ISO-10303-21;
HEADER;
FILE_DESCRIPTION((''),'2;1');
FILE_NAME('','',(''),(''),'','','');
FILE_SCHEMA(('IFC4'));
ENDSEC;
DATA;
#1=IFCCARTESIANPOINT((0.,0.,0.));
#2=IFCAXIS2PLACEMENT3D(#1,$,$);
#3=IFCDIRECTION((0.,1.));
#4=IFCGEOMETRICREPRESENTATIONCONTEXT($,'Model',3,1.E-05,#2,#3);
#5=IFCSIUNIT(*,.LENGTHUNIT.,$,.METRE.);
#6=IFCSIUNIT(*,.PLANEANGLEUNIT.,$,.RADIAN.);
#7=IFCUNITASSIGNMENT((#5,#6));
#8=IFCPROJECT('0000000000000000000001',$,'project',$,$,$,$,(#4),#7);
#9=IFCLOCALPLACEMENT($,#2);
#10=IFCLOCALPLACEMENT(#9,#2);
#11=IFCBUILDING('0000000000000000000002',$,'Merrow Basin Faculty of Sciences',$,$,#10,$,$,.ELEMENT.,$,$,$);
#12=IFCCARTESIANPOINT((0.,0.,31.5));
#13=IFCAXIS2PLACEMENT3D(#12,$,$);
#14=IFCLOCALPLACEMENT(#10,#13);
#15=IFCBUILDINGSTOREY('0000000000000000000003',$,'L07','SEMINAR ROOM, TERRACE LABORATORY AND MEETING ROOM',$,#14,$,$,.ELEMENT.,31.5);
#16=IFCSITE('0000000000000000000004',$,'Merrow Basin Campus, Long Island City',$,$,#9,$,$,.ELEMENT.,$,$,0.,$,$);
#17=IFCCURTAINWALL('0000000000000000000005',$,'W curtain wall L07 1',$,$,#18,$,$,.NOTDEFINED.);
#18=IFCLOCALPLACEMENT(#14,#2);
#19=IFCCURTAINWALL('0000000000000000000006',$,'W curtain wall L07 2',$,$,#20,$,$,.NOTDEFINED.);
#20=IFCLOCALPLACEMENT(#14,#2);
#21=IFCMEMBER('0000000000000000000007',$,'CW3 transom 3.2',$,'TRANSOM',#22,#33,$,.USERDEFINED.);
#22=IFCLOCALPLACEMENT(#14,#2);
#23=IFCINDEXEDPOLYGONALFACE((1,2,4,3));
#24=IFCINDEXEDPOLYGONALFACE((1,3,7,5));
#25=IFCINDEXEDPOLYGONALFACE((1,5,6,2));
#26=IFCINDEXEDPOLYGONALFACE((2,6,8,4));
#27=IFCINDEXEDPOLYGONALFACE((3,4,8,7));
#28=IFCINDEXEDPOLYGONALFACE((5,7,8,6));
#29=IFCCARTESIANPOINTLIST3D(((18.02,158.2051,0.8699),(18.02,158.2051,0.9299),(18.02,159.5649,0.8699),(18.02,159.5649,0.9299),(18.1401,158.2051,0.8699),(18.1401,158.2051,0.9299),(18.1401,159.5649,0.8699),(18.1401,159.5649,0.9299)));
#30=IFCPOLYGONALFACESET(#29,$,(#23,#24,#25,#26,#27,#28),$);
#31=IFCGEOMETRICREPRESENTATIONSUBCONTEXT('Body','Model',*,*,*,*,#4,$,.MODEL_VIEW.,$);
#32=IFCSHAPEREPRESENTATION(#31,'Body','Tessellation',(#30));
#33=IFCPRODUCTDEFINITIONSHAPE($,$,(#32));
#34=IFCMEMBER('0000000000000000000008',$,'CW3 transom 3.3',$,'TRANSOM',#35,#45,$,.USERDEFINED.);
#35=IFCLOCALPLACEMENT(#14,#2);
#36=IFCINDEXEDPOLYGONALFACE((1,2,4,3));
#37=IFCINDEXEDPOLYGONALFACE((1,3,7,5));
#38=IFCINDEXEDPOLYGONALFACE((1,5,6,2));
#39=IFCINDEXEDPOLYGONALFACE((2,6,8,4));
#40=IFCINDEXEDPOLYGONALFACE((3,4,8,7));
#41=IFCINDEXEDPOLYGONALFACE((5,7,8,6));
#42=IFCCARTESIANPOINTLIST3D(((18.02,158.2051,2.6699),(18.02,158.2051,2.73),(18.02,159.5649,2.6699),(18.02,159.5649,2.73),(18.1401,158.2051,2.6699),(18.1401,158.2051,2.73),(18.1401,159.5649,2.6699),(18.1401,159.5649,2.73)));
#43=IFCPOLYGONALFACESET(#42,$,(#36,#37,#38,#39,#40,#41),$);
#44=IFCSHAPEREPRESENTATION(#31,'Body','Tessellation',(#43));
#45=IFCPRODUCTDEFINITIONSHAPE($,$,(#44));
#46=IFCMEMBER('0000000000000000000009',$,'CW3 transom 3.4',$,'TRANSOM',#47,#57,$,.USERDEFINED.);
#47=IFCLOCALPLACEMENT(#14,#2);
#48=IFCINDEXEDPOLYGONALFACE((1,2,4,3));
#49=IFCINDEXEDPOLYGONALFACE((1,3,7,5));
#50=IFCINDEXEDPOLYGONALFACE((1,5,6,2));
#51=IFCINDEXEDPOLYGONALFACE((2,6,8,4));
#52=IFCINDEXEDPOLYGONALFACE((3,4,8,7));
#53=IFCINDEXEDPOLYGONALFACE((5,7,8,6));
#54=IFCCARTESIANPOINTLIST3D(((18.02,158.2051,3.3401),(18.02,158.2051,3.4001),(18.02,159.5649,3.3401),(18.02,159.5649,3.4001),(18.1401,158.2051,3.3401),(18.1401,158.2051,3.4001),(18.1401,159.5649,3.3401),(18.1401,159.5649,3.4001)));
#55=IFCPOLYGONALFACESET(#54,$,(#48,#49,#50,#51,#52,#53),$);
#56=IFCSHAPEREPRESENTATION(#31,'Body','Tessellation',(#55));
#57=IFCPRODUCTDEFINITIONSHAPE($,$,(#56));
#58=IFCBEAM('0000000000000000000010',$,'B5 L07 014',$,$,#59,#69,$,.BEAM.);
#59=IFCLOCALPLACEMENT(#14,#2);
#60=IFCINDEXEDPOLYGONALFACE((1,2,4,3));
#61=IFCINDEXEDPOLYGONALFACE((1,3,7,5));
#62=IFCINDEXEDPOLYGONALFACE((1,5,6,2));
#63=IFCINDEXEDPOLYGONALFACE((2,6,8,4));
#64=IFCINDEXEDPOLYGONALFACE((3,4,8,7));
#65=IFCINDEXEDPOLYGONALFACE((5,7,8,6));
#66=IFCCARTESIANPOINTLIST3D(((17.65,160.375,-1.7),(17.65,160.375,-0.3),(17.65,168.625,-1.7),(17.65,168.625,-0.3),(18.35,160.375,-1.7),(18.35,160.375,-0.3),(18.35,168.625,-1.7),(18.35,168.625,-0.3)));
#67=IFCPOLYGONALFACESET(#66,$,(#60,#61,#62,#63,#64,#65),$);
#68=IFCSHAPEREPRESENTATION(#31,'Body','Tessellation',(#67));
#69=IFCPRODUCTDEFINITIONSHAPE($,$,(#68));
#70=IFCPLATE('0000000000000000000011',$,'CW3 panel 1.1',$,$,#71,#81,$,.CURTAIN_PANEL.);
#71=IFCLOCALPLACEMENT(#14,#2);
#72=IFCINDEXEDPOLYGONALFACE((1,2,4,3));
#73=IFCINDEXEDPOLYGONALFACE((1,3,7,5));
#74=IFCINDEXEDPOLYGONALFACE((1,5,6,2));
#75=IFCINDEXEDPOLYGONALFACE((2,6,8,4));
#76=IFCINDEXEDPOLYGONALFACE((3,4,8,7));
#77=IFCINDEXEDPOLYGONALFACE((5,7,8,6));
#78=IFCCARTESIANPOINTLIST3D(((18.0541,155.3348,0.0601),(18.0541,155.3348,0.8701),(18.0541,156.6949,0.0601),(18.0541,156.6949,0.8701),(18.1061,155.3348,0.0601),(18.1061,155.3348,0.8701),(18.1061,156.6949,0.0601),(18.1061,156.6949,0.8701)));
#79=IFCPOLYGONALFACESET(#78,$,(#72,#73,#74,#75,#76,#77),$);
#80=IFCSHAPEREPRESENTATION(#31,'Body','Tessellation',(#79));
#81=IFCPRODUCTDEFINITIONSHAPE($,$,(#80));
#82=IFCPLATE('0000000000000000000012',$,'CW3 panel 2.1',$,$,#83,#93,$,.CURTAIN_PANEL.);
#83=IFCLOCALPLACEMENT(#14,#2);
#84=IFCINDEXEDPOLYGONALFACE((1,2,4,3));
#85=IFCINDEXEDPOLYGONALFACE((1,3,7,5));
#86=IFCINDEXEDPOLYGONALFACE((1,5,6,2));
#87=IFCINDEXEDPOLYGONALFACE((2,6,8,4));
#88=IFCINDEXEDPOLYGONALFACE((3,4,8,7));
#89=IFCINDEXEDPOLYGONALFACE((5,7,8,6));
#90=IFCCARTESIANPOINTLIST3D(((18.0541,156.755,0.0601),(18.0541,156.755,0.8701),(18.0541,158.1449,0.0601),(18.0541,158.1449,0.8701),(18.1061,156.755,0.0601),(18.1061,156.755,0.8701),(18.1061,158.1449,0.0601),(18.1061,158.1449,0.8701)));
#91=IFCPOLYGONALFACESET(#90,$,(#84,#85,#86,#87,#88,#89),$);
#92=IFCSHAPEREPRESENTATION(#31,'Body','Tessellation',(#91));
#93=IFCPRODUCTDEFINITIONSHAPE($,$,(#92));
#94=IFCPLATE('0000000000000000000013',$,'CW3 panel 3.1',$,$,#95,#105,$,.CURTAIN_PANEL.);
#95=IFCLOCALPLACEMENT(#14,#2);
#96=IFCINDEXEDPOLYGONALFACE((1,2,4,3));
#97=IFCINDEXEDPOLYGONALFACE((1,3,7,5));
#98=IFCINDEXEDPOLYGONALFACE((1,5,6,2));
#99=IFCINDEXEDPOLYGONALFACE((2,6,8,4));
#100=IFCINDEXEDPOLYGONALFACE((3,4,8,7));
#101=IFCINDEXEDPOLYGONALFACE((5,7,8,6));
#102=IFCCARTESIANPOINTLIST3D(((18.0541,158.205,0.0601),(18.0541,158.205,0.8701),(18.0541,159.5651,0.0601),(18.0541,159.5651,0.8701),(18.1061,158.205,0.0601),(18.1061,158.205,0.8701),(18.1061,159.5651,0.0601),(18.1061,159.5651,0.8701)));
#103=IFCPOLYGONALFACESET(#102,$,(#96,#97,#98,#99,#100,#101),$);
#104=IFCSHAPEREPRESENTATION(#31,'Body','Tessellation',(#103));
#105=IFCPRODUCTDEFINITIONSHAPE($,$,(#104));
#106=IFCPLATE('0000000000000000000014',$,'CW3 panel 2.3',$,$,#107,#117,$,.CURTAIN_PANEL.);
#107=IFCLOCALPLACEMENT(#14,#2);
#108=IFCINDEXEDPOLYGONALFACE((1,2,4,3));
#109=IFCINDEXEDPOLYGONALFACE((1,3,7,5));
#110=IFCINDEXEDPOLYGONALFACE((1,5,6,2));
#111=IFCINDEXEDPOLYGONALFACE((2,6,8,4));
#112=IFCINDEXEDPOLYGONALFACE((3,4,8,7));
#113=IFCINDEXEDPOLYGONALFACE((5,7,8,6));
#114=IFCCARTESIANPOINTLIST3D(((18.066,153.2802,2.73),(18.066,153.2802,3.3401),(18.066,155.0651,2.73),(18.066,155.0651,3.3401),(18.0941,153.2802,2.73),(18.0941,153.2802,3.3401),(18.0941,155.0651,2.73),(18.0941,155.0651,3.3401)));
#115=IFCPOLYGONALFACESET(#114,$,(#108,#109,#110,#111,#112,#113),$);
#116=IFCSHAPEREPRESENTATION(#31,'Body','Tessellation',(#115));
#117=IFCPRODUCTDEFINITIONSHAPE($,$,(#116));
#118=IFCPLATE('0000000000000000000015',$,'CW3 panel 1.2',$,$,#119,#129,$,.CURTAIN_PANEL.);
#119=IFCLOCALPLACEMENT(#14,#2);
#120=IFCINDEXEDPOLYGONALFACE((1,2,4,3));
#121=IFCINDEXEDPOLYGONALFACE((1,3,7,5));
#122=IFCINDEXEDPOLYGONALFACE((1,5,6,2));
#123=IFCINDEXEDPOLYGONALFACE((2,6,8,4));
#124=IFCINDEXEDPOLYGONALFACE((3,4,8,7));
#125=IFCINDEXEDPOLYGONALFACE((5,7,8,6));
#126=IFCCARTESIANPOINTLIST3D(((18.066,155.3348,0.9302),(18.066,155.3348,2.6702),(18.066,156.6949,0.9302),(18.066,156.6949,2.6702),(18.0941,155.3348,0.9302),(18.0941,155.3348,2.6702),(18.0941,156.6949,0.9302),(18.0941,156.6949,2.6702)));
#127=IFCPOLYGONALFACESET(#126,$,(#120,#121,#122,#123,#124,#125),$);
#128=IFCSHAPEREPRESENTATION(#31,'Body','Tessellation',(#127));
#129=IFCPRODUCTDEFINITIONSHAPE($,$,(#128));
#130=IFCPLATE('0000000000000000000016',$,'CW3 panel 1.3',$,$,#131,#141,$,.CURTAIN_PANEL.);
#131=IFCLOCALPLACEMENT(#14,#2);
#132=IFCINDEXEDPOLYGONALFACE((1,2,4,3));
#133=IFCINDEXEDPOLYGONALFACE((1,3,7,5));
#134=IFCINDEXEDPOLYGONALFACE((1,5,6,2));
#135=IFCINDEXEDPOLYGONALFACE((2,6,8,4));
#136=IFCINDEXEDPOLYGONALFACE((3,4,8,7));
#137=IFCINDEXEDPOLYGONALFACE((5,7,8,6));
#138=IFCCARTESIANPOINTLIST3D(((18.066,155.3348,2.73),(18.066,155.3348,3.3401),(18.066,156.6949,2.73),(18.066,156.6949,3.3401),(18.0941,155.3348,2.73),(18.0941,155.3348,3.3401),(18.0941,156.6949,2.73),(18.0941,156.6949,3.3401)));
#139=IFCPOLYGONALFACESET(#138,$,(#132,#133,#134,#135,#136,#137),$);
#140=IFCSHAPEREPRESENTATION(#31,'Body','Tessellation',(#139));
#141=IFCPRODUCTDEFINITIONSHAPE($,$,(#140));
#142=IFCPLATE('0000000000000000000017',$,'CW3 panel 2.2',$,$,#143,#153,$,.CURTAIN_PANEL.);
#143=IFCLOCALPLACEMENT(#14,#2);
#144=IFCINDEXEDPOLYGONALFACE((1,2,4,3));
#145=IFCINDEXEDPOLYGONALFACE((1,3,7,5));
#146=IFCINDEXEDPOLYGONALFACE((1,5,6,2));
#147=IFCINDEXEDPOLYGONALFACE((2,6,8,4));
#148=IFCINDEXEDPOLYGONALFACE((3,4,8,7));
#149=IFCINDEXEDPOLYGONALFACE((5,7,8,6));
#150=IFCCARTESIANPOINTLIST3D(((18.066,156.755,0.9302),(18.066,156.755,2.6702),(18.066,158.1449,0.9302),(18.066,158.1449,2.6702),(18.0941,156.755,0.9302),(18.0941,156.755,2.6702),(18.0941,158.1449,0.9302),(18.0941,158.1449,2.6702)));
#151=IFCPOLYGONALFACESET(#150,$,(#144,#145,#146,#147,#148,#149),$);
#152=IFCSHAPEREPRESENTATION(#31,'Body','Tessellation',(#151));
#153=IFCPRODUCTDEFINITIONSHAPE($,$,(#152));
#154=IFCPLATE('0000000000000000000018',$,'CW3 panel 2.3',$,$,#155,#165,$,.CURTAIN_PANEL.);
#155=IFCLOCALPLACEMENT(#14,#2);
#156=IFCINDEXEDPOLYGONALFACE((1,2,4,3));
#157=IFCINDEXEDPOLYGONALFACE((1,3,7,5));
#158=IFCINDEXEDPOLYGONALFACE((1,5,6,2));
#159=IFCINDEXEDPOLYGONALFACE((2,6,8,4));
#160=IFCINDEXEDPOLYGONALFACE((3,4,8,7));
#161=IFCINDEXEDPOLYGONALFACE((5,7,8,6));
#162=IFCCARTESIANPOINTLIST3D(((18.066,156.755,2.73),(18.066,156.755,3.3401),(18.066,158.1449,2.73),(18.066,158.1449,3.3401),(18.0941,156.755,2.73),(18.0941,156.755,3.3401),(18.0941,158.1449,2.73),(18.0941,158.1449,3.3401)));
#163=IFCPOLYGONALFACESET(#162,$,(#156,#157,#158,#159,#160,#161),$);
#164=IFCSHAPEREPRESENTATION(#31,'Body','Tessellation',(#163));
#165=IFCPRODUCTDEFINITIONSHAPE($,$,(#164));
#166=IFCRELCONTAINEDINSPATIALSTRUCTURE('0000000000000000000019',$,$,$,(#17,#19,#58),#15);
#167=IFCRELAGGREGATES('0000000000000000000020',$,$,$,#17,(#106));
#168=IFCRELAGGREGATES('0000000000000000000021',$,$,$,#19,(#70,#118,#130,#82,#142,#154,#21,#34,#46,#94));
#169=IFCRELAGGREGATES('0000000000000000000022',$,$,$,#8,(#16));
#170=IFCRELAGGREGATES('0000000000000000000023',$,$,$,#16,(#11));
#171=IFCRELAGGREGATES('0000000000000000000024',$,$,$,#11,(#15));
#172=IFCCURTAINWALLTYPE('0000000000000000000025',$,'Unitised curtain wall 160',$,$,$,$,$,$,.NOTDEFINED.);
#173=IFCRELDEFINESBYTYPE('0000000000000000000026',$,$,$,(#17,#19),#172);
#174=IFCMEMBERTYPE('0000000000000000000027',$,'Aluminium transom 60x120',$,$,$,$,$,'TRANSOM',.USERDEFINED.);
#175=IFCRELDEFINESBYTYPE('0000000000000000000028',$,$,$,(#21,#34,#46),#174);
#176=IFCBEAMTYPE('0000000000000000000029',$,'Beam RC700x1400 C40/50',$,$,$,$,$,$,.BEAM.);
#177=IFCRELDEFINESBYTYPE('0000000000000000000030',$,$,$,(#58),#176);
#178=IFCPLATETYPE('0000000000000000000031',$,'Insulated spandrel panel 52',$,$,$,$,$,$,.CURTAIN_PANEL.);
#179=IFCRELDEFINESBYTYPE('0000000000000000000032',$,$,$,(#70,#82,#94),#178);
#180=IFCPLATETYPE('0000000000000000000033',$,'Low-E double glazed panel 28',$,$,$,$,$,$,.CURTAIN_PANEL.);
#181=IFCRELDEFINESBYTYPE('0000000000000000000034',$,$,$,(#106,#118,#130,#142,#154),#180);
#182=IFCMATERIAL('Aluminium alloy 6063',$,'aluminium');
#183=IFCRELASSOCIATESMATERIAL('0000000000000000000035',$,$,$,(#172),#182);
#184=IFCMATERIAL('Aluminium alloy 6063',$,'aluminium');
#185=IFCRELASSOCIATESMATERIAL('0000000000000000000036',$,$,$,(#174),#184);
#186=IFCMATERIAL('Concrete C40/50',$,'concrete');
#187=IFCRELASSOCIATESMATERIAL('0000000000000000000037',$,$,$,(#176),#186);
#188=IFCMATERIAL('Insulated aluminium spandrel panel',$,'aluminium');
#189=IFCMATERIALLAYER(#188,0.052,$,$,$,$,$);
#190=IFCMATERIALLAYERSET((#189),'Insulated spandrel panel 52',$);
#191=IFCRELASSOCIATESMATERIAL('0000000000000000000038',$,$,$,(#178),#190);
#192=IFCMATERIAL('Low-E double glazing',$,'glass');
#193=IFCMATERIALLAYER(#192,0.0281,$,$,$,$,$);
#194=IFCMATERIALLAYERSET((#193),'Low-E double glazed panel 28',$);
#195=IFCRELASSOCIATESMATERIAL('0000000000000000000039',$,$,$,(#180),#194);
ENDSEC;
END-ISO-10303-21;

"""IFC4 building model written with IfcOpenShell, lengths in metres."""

from ifc_helpers import new_model, si_unit, direction, frame, origin, origin_2d, place, context, subcontext, project, spatial, rectangle, extrude, material, layer, layer_set, material_profile, profile_set, type_object, element, aggregate, save


model = new_model("IFC4")

# Units and contexts
model_context = context("Model", 3, precision=1e-05, world=origin(), true_north=direction((0.0, 1.0)))
body_context = subcontext(model_context, "Body", "Model", "MODEL_VIEW")
ifc_project = project(units=[si_unit("LENGTHUNIT", "METRE"), si_unit("PLANEANGLEUNIT", "RADIAN")], contexts=[model_context])

# Site, building, storey
site_placement = place(None, origin())
site = spatial("IfcSite", under=ifc_project, at=site_placement, Name="Merrow Basin Campus, Long Island City", CompositionType="ELEMENT", RefElevation=0.0)
building_placement = place(site_placement, origin())
building = spatial("IfcBuilding", under=site, at=building_placement, Name="Merrow Basin Faculty of Sciences", CompositionType="ELEMENT")
storey_placement = place(building_placement, frame((0.0, 0.0, 31.5)))
storey = spatial("IfcBuildingStorey", under=building, at=storey_placement, Name="L07", Description="SEMINAR ROOM, TERRACE LABORATORY AND MEETING ROOM", CompositionType="ELEMENT", Elevation=31.5)

# Curtain wall
ifc_material_1 = material(Name="Aluminium alloy 6063", Category="aluminium")
curtain_wall_type = type_object("IfcCurtainWallType", Name="Unitised curtain wall 160", PredefinedType="NOTDEFINED", material=ifc_material_1)
curtain_wall_1_placement = place(storey_placement, origin())
curtain_wall_1 = element("IfcCurtainWall", 1, at=curtain_wall_1_placement, inside=storey, type_object=curtain_wall_type, Name="W curtain wall L07 1", PredefinedType="NOTDEFINED")

# Curtain wall, members
curtain_wall_2_placement = place(storey_placement, origin())
curtain_wall_2 = element("IfcCurtainWall", 2, at=curtain_wall_2_placement, inside=storey, type_object=curtain_wall_type, Name="W curtain wall L07 2", PredefinedType="NOTDEFINED")
ifc_material_2 = material(Name="Aluminium alloy 6063", Category="aluminium")
ifc_material_profile_1 = material_profile(ifc_material_2, rectangle(XDim=0.1201, YDim=0.0601, at=origin_2d()))
ifc_profile_set_1 = profile_set([ifc_material_profile_1], Name="Aluminium alloy 6063")
member_type_1 = type_object("IfcMemberType", Name="Aluminium transom 60x120", ElementType="TRANSOM", PredefinedType="USERDEFINED", material=ifc_profile_set_1)
member_1_placement = place(storey_placement, frame((18.0801, 158.2051, 0.8999), z_axis=(0.0, 1.0, 0.0), x_axis=(-1.0, 0.0, 0.0)))
member_1 = element("IfcMember", 3, at=member_1_placement, type_object=member_type_1, Name="CW3 transom 3.2", ObjectType="TRANSOM", PredefinedType="USERDEFINED", context=body_context, shape_type="SweptSolid", body=[
    extrude(rectangle(XDim=0.1201, YDim=0.0601, at=origin_2d()), origin(), (0.0, 0.0, 1.0), 1.3599),
])
member_2_placement = place(storey_placement, frame((18.0801, 158.2051, 2.7), z_axis=(0.0, 1.0, 0.0), x_axis=(-1.0, 0.0, 0.0)))
member_2 = element("IfcMember", 4, at=member_2_placement, type_object=member_type_1, Name="CW3 transom 3.3", ObjectType="TRANSOM", PredefinedType="USERDEFINED", context=body_context, shape_type="SweptSolid", body=[
    extrude(rectangle(XDim=0.1201, YDim=0.0601, at=origin_2d()), origin(), (0.0, 0.0, 1.0), 1.3599),
])
member_3_placement = place(storey_placement, frame((18.0801, 158.2051, 3.3701), z_axis=(0.0, 1.0, 0.0), x_axis=(-1.0, 0.0, 0.0)))
member_3 = element("IfcMember", 5, at=member_3_placement, type_object=member_type_1, Name="CW3 transom 3.4", ObjectType="TRANSOM", PredefinedType="USERDEFINED", context=body_context, shape_type="SweptSolid", body=[
    extrude(rectangle(XDim=0.1201, YDim=0.0601, at=origin_2d()), origin(), (0.0, 0.0, 1.0), 1.3599),
])

# Beam
ifc_material_3 = material(Name="Concrete C40/50", Category="concrete")
ifc_material_profile_2 = material_profile(ifc_material_3, rectangle(XDim=0.7, YDim=1.3999, at=origin_2d()))
ifc_profile_set_2 = profile_set([ifc_material_profile_2], Name="Concrete C40/50")
beam_type = type_object("IfcBeamType", Name="Beam RC700x1400 C40/50", PredefinedType="BEAM", material=ifc_profile_set_2)
beam_placement = place(storey_placement, frame((18.0, 160.375, -1.0), z_axis=(0.0, 1.0, 0.0), x_axis=(-1.0, 0.0, 0.0)))
element("IfcBeam", 6, at=beam_placement, inside=storey, type_object=beam_type, Name="B5 L07 014", PredefinedType="BEAM", context=body_context, shape_type="SweptSolid", body=[
    extrude(rectangle(XDim=0.7, YDim=1.3999, at=origin_2d()), origin(), (0.0, 0.0, 1.0), 8.25),
])

# Plates
ifc_material_4 = material(Name="Insulated aluminium spandrel panel", Category="aluminium")
ifc_layer_1 = layer(ifc_material_4, 0.052)
ifc_layer_set_1 = layer_set([ifc_layer_1], Name="Insulated spandrel panel 52")
plate_type_1 = type_object("IfcPlateType", Name="Insulated spandrel panel 52", PredefinedType="CURTAIN_PANEL", material=ifc_layer_set_1)
plate_1_placement = place(storey_placement, frame((18.0801, 156.0149, 0.0601), z_axis=(0.0, 0.0, 1.0), x_axis=(0.0, 1.0, 0.0)))
plate_1 = element("IfcPlate", 7, at=plate_1_placement, type_object=plate_type_1, Name="CW3 panel 1.1", PredefinedType="CURTAIN_PANEL", context=body_context, shape_type="SweptSolid", body=[
    extrude(rectangle(XDim=1.3601, YDim=0.052, at=origin_2d()), origin(), (0.0, 0.0, 1.0), 0.8101),
])
plate_2_placement = place(storey_placement, frame((18.0801, 157.45, 0.0601), z_axis=(0.0, 0.0, 1.0), x_axis=(0.0, 1.0, 0.0)))
plate_2 = element("IfcPlate", 8, at=plate_2_placement, type_object=plate_type_1, Name="CW3 panel 2.1", PredefinedType="CURTAIN_PANEL", context=body_context, shape_type="SweptSolid", body=[
    extrude(rectangle(XDim=1.3899, YDim=0.052, at=origin_2d()), origin(), (0.0, 0.0, 1.0), 0.8101),
])
plate_3_placement = place(storey_placement, frame((18.0801, 158.885, 0.0601), z_axis=(0.0, 0.0, 1.0), x_axis=(0.0, 1.0, 0.0)))
plate_3 = element("IfcPlate", 9, at=plate_3_placement, type_object=plate_type_1, Name="CW3 panel 3.1", PredefinedType="CURTAIN_PANEL", context=body_context, shape_type="SweptSolid", body=[
    extrude(rectangle(XDim=1.3601, YDim=0.052, at=origin_2d()), origin(), (0.0, 0.0, 1.0), 0.8101),
])
ifc_material_5 = material(Name="Low-E double glazing", Category="glass")
ifc_layer_2 = layer(ifc_material_5, 0.0281)
ifc_layer_set_2 = layer_set([ifc_layer_2], Name="Low-E double glazed panel 28")
plate_type_2 = type_object("IfcPlateType", Name="Low-E double glazed panel 28", PredefinedType="CURTAIN_PANEL", material=ifc_layer_set_2)
plate_4_placement = place(storey_placement, frame((18.0801, 154.1726, 2.73), z_axis=(0.0, 0.0, 1.0), x_axis=(0.0, 1.0, 0.0)))
plate_4 = element("IfcPlate", 10, at=plate_4_placement, type_object=plate_type_2, Name="CW3 panel 2.3", PredefinedType="CURTAIN_PANEL", context=body_context, shape_type="SweptSolid", body=[
    extrude(rectangle(XDim=1.7849, YDim=0.0281, at=origin_2d()), origin(), (0.0, 0.0, 1.0), 0.6101),
])
aggregate(curtain_wall_1, [plate_4])
plate_5_placement = place(storey_placement, frame((18.0801, 156.0149, 0.9302), z_axis=(0.0, 0.0, 1.0), x_axis=(0.0, 1.0, 0.0)))
plate_5 = element("IfcPlate", 11, at=plate_5_placement, type_object=plate_type_2, Name="CW3 panel 1.2", PredefinedType="CURTAIN_PANEL", context=body_context, shape_type="SweptSolid", body=[
    extrude(rectangle(XDim=1.3601, YDim=0.0281, at=origin_2d()), origin(), (0.0, 0.0, 1.0), 1.74),
])
plate_6_placement = place(storey_placement, frame((18.0801, 156.0149, 2.73), z_axis=(0.0, 0.0, 1.0), x_axis=(0.0, 1.0, 0.0)))
plate_6 = element("IfcPlate", 12, at=plate_6_placement, type_object=plate_type_2, Name="CW3 panel 1.3", PredefinedType="CURTAIN_PANEL", context=body_context, shape_type="SweptSolid", body=[
    extrude(rectangle(XDim=1.3601, YDim=0.0281, at=origin_2d()), origin(), (0.0, 0.0, 1.0), 0.6101),
])
plate_7_placement = place(storey_placement, frame((18.0801, 157.45, 0.9302), z_axis=(0.0, 0.0, 1.0), x_axis=(0.0, 1.0, 0.0)))
plate_7 = element("IfcPlate", 13, at=plate_7_placement, type_object=plate_type_2, Name="CW3 panel 2.2", PredefinedType="CURTAIN_PANEL", context=body_context, shape_type="SweptSolid", body=[
    extrude(rectangle(XDim=1.3899, YDim=0.0281, at=origin_2d()), origin(), (0.0, 0.0, 1.0), 1.74),
])
plate_8_placement = place(storey_placement, frame((18.0801, 157.45, 2.73), z_axis=(0.0, 0.0, 1.0), x_axis=(0.0, 1.0, 0.0)))
plate_8 = element("IfcPlate", 14, at=plate_8_placement, type_object=plate_type_2, Name="CW3 panel 2.3", PredefinedType="CURTAIN_PANEL", context=body_context, shape_type="SweptSolid", body=[
    extrude(rectangle(XDim=1.3899, YDim=0.0281, at=origin_2d()), origin(), (0.0, 0.0, 1.0), 0.6101),
])
aggregate(curtain_wall_2, [plate_1, plate_5, plate_6, plate_2, plate_7, plate_8, member_1, member_2, member_3, plate_3])

save(model, "model.ifc")
